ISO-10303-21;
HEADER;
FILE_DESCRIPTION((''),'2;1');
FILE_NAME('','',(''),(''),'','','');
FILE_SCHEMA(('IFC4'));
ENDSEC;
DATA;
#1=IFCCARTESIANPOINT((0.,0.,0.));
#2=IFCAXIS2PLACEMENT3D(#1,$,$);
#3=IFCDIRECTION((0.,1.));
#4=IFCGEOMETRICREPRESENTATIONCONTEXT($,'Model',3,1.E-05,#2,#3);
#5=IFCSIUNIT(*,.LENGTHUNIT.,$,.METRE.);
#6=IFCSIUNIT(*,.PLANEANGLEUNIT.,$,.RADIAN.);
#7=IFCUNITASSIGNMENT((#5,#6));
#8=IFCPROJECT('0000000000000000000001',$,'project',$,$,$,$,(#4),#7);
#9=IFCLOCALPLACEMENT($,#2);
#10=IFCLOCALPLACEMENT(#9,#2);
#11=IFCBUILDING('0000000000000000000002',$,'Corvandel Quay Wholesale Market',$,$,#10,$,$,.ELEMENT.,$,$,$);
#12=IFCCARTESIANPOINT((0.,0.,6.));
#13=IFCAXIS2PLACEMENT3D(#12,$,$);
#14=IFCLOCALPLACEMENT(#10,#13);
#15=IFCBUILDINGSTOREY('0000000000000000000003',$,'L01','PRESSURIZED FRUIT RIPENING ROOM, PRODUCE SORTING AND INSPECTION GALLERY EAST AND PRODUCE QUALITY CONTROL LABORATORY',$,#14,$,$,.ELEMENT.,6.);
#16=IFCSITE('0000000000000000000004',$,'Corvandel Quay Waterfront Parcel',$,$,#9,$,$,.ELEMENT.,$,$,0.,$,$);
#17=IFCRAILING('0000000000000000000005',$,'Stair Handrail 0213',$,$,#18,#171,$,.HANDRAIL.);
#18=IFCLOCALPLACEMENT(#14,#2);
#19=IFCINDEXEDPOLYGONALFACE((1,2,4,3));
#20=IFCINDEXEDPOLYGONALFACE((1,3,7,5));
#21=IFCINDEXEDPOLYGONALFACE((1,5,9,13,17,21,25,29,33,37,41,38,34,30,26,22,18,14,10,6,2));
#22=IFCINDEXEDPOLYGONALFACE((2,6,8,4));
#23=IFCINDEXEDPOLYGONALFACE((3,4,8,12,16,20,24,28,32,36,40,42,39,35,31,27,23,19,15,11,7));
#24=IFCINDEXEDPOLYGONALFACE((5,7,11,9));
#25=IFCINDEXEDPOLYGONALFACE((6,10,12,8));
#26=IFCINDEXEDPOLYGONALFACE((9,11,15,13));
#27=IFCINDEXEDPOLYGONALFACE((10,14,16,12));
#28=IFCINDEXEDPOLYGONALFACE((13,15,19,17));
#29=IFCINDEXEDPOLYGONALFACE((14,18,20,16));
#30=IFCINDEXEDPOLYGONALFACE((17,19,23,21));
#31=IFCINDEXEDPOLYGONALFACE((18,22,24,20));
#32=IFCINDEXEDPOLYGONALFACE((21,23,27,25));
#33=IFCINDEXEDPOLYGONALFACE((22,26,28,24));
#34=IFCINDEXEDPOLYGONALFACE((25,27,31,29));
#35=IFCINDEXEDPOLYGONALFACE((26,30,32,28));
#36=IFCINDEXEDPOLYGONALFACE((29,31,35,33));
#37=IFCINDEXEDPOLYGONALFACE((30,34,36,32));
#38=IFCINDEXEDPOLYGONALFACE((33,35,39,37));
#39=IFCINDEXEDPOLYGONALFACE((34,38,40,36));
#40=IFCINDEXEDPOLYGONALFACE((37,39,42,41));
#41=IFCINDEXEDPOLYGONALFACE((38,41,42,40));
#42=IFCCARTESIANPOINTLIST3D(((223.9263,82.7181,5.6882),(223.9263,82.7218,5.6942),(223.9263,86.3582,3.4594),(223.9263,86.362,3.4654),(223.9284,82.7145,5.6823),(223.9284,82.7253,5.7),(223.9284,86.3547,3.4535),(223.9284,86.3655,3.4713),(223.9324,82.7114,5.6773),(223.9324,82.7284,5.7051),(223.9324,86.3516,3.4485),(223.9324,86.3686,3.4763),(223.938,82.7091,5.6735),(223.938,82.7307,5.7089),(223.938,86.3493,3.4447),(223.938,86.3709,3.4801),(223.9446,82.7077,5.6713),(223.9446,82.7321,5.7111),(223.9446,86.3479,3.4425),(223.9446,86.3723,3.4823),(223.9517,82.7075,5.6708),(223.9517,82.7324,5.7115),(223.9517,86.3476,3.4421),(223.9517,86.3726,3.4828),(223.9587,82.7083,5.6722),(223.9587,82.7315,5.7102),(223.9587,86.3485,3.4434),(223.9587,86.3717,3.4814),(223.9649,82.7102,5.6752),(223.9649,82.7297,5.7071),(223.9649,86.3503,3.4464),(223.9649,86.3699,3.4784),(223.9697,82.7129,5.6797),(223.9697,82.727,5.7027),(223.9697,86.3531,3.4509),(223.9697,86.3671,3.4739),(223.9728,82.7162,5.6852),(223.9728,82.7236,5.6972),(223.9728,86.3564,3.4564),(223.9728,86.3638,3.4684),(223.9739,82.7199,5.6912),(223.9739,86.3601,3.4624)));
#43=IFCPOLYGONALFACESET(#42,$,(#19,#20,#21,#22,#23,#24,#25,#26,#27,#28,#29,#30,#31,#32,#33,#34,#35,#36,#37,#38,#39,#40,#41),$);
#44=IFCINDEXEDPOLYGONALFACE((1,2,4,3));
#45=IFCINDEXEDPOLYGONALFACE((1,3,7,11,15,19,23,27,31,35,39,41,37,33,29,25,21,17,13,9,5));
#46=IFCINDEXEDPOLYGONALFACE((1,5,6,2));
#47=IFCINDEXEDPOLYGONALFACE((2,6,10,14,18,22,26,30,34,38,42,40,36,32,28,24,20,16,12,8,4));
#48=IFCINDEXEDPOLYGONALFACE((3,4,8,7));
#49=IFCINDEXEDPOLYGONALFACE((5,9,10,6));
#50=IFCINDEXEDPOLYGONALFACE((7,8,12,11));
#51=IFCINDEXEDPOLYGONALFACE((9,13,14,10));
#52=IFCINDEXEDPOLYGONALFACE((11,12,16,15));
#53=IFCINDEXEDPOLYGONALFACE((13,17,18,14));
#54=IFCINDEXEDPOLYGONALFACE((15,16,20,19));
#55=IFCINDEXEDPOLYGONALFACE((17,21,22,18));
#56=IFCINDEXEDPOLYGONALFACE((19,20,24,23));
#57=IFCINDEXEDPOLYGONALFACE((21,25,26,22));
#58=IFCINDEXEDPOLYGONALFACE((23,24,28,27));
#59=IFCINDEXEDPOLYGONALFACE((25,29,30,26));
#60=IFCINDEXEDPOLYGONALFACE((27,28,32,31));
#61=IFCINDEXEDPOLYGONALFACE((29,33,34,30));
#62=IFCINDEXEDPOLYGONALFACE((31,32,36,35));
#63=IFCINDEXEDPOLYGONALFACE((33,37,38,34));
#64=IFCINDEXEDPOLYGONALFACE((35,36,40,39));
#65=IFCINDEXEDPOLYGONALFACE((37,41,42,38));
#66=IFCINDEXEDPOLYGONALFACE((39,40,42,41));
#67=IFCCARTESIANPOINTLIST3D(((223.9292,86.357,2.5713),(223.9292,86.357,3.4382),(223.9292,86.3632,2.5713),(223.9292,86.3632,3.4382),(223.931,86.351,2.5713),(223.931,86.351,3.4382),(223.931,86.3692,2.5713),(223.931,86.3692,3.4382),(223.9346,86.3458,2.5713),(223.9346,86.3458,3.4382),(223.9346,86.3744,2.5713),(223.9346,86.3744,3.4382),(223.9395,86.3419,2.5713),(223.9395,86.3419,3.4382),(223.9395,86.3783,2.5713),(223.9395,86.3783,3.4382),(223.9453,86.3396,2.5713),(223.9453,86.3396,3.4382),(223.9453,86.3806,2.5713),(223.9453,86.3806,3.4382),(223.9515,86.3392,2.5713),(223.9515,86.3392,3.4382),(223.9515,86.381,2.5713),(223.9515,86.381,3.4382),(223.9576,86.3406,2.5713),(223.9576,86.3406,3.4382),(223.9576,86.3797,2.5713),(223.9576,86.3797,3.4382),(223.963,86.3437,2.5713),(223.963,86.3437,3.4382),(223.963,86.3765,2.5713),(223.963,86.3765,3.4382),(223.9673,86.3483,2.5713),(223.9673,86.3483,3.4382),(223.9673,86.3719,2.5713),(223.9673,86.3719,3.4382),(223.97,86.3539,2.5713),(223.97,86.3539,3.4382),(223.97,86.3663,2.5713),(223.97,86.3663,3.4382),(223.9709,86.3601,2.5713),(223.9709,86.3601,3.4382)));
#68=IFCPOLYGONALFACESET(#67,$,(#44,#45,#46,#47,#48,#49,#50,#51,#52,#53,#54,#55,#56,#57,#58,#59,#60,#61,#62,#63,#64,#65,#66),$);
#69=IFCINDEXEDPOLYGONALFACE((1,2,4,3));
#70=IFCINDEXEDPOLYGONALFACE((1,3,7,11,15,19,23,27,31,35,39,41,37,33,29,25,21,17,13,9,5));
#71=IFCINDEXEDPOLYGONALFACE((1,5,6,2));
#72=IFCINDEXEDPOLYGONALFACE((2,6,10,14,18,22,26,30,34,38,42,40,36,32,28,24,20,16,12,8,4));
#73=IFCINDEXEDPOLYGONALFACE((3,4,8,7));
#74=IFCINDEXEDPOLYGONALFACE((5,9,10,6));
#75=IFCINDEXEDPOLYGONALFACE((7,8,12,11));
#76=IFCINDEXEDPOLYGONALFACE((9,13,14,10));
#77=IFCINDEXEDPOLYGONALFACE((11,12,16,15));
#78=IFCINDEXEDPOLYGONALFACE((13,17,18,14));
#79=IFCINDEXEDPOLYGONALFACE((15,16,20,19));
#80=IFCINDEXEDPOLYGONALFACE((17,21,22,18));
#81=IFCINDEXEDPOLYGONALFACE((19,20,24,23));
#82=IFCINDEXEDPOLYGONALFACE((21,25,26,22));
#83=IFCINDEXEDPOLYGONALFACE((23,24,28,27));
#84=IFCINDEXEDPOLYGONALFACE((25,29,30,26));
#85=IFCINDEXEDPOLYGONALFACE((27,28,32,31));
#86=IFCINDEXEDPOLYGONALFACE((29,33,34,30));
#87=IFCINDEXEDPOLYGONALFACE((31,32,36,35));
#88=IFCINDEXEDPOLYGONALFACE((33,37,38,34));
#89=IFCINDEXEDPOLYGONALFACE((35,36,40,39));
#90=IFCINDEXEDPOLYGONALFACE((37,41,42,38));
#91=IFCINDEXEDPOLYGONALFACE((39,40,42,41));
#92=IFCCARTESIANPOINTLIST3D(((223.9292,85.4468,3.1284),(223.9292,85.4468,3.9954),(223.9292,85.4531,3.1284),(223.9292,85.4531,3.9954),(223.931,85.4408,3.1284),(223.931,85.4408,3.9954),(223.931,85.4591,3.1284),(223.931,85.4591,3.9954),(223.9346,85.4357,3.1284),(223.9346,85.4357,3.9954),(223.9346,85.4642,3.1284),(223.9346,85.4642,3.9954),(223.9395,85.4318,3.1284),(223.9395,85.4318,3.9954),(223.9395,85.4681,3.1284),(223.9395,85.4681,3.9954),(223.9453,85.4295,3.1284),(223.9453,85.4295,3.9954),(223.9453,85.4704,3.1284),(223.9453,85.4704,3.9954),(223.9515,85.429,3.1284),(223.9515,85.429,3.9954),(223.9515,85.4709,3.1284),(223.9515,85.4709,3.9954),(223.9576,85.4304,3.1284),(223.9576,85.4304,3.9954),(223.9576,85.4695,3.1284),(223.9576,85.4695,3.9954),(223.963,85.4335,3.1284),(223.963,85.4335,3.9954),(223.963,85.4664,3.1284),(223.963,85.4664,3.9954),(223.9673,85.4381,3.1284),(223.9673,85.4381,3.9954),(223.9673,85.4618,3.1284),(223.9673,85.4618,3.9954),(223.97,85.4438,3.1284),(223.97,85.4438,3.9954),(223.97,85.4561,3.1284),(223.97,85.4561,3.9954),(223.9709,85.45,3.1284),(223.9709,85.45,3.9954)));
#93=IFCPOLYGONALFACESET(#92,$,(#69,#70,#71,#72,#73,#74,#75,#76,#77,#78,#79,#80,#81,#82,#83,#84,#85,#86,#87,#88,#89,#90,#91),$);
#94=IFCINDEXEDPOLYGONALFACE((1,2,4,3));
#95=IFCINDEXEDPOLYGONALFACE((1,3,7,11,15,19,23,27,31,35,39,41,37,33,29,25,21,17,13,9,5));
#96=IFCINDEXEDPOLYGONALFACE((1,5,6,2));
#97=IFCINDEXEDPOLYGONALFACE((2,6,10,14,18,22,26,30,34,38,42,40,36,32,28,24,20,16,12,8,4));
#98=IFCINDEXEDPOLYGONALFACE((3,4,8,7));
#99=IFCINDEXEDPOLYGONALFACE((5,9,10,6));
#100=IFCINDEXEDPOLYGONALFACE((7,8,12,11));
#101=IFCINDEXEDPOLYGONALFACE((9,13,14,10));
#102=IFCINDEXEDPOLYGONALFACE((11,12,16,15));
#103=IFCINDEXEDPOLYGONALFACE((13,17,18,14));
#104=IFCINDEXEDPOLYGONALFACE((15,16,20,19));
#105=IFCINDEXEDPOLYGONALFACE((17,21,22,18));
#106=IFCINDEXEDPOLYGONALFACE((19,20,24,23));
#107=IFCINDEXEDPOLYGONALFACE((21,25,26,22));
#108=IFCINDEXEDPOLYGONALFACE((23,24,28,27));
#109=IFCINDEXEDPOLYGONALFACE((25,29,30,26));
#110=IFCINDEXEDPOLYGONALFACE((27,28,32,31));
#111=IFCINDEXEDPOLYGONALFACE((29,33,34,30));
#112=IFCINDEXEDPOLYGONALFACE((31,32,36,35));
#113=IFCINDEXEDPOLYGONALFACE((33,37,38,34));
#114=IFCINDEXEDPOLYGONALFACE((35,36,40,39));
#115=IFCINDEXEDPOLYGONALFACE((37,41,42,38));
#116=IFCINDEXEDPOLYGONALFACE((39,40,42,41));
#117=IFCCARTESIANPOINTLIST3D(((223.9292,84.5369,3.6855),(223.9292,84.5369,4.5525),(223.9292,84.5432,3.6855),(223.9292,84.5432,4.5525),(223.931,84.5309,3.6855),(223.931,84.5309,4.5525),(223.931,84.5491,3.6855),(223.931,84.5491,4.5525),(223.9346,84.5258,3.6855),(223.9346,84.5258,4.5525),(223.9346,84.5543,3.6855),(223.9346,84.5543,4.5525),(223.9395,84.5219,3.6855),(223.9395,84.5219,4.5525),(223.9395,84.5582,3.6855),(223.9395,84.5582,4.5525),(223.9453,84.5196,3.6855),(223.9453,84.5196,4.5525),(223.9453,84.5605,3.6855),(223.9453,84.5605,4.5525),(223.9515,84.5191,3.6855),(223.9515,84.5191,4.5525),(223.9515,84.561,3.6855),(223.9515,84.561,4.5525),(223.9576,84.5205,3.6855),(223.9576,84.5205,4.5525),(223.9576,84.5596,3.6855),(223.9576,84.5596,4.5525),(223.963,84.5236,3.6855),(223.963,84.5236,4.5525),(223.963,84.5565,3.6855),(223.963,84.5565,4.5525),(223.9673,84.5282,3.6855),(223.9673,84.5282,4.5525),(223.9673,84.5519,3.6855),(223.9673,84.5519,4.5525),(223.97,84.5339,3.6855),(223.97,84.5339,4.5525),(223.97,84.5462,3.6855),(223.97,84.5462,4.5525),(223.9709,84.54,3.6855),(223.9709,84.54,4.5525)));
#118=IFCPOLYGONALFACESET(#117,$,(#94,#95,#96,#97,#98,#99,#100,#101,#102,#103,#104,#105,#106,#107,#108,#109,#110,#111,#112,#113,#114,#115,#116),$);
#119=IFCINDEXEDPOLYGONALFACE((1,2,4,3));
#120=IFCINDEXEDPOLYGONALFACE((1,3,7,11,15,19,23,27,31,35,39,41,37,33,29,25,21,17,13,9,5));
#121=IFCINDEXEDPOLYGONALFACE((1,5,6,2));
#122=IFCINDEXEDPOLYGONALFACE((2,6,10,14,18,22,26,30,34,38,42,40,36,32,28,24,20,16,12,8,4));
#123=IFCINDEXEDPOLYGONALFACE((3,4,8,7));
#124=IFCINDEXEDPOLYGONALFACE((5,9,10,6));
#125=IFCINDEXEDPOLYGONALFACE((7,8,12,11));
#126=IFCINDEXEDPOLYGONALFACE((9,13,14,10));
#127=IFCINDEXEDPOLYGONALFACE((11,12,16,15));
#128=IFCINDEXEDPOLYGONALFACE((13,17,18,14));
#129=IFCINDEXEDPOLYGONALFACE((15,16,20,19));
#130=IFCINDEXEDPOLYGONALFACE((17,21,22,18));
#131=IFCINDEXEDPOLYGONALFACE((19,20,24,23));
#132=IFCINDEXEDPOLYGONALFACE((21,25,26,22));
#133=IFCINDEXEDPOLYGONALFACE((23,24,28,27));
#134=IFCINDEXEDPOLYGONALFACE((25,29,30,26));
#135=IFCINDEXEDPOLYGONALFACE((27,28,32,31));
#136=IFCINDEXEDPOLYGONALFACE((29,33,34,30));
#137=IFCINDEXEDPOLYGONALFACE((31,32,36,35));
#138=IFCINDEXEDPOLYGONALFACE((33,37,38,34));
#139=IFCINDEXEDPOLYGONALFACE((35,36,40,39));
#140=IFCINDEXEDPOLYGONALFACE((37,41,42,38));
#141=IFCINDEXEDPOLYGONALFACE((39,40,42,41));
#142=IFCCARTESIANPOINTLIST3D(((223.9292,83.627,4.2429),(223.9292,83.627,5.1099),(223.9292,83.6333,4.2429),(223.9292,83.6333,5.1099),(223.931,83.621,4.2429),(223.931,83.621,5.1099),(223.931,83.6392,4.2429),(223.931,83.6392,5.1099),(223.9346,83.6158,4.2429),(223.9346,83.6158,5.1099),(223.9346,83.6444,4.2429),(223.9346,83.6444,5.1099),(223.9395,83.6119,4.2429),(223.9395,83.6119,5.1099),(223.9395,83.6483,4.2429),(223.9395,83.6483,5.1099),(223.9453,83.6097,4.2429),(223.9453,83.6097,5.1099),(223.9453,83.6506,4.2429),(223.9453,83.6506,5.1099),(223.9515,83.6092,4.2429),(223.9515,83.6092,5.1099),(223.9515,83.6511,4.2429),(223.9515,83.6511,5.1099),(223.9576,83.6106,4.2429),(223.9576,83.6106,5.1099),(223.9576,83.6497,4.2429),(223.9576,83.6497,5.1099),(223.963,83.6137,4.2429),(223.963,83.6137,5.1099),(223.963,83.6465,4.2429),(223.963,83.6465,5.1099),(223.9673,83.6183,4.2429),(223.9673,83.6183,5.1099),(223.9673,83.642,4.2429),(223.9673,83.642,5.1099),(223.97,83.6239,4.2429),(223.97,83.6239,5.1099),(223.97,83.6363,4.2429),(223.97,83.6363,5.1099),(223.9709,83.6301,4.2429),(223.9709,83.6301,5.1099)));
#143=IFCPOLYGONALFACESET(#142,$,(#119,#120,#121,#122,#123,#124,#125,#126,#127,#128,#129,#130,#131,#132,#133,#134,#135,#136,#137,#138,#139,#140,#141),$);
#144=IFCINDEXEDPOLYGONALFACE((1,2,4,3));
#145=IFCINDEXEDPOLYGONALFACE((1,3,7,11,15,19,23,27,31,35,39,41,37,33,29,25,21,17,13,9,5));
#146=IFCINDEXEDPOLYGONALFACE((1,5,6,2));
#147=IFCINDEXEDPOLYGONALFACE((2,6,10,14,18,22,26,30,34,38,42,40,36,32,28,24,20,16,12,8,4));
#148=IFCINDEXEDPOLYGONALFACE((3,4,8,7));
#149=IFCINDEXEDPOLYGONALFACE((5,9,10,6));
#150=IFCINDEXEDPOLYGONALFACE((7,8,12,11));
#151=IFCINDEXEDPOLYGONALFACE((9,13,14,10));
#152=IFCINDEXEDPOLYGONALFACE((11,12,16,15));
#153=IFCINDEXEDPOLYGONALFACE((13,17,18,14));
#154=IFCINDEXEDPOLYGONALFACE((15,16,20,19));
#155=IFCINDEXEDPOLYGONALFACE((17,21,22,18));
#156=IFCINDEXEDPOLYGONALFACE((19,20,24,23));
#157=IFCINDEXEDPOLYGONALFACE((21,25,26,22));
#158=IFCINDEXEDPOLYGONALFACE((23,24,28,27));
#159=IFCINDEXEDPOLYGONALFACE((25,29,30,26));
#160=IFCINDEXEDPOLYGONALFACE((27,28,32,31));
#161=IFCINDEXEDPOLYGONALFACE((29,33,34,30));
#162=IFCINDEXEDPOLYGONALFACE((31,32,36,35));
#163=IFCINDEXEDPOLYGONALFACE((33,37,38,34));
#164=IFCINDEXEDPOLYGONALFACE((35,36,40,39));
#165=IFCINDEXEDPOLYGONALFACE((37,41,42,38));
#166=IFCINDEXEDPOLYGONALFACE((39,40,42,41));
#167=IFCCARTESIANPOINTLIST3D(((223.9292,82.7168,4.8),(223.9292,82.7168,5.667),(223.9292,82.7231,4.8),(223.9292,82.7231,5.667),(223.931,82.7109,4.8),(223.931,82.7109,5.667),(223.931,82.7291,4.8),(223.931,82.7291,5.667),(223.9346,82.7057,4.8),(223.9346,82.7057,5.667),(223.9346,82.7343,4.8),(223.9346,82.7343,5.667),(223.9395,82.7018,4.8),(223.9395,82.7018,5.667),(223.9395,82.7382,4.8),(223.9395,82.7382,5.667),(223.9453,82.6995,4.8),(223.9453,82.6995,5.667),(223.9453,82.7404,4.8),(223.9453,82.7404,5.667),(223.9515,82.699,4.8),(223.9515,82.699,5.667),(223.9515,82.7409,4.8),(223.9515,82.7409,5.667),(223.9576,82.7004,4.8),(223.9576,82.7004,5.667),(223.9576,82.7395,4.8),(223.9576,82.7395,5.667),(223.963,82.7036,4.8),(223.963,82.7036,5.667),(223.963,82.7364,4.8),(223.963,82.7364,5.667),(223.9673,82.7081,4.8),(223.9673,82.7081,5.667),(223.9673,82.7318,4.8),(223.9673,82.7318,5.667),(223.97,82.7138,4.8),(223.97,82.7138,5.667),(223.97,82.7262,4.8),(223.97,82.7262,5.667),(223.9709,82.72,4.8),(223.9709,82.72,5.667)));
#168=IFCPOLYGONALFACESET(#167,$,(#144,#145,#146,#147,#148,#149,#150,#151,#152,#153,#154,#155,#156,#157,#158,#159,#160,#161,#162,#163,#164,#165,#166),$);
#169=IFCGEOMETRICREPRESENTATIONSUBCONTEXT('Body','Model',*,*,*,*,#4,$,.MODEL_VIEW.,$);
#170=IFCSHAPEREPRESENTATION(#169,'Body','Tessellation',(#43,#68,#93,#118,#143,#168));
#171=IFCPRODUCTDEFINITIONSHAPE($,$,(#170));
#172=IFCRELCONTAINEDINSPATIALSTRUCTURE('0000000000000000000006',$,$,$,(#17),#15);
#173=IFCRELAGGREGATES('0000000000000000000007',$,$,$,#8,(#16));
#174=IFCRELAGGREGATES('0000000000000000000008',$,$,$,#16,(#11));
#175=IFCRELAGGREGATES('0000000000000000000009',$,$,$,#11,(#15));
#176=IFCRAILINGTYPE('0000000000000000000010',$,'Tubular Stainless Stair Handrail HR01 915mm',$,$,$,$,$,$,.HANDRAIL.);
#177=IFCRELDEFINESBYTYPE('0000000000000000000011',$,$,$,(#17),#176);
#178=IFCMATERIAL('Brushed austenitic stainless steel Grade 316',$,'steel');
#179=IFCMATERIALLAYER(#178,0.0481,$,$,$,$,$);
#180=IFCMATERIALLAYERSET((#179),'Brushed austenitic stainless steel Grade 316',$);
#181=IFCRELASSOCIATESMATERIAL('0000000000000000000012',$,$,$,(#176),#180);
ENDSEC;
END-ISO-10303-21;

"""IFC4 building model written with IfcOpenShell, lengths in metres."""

from ifc_helpers import new_model, si_unit, direction, frame, origin, origin_2d, place, context, subcontext, project, spatial, circle, extrude, material, layer, layer_set, type_object, element, save


model = new_model("IFC4")

# Units and contexts
model_context = context("Model", 3, precision=1e-05, world=origin(), true_north=direction((0.0, 1.0)))
body_context = subcontext(model_context, "Body", "Model", "MODEL_VIEW")
ifc_project = project(units=[si_unit("LENGTHUNIT", "METRE"), si_unit("PLANEANGLEUNIT", "RADIAN")], contexts=[model_context])

# Site, building, storey
site_placement = place(None, origin())
site = spatial("IfcSite", under=ifc_project, at=site_placement, Name="Corvandel Quay Waterfront Parcel", CompositionType="ELEMENT", RefElevation=0.0)
building_placement = place(site_placement, origin())
building = spatial("IfcBuilding", under=site, at=building_placement, Name="Corvandel Quay Wholesale Market", CompositionType="ELEMENT")
storey_placement = place(building_placement, frame((0.0, 0.0, 6.0)))
storey = spatial("IfcBuildingStorey", under=building, at=storey_placement, Name="L01", Description="PRESSURIZED FRUIT RIPENING ROOM, PRODUCE SORTING AND INSPECTION GALLERY EAST AND PRODUCE QUALITY CONTROL LABORATORY", CompositionType="ELEMENT", Elevation=6.0)

# Railing
ifc_material_1 = material(Name="Brushed austenitic stainless steel Grade 316", Category="steel")
ifc_layer_1 = layer(ifc_material_1, 0.0481)
ifc_layer_set_1 = layer_set([ifc_layer_1], Name="Brushed austenitic stainless steel Grade 316")
railing_type_1 = type_object("IfcRailingType", Name="Tubular Stainless Stair Handrail HR01 915mm", PredefinedType="HANDRAIL", material=ifc_layer_set_1)
for number, where, name in (
    (1, (223.95, 86.3601, 2.5713), "Stair Handrail 0213"),
):
    element("IfcRailing", number, at=place(storey_placement, frame(where)), inside=storey, type_object=railing_type_1, Name=name, PredefinedType="HANDRAIL", context=body_context, shape_type="SweptSolid", body=[
        extrude(circle(Radius=0.0239, at=origin_2d()), frame((0.0, 0.0, 0.8911), z_axis=(0.0, -0.85284, 0.522172), x_axis=(1.0, 0.0, 0.0)), (0.0, 0.0, 1.0), 4.2683),
        extrude(circle(Radius=0.021, at=origin_2d()), origin(), (0.0, 0.0, 1.0), 0.8669),
        extrude(circle(Radius=0.021, at=origin_2d()), frame((0.0, -0.9102, 0.5571)), (0.0, 0.0, 1.0), 0.8669),
        extrude(circle(Radius=0.021, at=origin_2d()), frame((0.0, -1.8201, 1.1143)), (0.0, 0.0, 1.0), 0.8669),
        extrude(circle(Radius=0.021, at=origin_2d()), frame((0.0, -2.73, 1.6716)), (0.0, 0.0, 1.0), 0.8669),
        extrude(circle(Radius=0.021, at=origin_2d()), frame((0.0, -3.6401, 2.2288)), (0.0, 0.0, 1.0), 0.8669),
    ])

save(model, "model.ifc")
